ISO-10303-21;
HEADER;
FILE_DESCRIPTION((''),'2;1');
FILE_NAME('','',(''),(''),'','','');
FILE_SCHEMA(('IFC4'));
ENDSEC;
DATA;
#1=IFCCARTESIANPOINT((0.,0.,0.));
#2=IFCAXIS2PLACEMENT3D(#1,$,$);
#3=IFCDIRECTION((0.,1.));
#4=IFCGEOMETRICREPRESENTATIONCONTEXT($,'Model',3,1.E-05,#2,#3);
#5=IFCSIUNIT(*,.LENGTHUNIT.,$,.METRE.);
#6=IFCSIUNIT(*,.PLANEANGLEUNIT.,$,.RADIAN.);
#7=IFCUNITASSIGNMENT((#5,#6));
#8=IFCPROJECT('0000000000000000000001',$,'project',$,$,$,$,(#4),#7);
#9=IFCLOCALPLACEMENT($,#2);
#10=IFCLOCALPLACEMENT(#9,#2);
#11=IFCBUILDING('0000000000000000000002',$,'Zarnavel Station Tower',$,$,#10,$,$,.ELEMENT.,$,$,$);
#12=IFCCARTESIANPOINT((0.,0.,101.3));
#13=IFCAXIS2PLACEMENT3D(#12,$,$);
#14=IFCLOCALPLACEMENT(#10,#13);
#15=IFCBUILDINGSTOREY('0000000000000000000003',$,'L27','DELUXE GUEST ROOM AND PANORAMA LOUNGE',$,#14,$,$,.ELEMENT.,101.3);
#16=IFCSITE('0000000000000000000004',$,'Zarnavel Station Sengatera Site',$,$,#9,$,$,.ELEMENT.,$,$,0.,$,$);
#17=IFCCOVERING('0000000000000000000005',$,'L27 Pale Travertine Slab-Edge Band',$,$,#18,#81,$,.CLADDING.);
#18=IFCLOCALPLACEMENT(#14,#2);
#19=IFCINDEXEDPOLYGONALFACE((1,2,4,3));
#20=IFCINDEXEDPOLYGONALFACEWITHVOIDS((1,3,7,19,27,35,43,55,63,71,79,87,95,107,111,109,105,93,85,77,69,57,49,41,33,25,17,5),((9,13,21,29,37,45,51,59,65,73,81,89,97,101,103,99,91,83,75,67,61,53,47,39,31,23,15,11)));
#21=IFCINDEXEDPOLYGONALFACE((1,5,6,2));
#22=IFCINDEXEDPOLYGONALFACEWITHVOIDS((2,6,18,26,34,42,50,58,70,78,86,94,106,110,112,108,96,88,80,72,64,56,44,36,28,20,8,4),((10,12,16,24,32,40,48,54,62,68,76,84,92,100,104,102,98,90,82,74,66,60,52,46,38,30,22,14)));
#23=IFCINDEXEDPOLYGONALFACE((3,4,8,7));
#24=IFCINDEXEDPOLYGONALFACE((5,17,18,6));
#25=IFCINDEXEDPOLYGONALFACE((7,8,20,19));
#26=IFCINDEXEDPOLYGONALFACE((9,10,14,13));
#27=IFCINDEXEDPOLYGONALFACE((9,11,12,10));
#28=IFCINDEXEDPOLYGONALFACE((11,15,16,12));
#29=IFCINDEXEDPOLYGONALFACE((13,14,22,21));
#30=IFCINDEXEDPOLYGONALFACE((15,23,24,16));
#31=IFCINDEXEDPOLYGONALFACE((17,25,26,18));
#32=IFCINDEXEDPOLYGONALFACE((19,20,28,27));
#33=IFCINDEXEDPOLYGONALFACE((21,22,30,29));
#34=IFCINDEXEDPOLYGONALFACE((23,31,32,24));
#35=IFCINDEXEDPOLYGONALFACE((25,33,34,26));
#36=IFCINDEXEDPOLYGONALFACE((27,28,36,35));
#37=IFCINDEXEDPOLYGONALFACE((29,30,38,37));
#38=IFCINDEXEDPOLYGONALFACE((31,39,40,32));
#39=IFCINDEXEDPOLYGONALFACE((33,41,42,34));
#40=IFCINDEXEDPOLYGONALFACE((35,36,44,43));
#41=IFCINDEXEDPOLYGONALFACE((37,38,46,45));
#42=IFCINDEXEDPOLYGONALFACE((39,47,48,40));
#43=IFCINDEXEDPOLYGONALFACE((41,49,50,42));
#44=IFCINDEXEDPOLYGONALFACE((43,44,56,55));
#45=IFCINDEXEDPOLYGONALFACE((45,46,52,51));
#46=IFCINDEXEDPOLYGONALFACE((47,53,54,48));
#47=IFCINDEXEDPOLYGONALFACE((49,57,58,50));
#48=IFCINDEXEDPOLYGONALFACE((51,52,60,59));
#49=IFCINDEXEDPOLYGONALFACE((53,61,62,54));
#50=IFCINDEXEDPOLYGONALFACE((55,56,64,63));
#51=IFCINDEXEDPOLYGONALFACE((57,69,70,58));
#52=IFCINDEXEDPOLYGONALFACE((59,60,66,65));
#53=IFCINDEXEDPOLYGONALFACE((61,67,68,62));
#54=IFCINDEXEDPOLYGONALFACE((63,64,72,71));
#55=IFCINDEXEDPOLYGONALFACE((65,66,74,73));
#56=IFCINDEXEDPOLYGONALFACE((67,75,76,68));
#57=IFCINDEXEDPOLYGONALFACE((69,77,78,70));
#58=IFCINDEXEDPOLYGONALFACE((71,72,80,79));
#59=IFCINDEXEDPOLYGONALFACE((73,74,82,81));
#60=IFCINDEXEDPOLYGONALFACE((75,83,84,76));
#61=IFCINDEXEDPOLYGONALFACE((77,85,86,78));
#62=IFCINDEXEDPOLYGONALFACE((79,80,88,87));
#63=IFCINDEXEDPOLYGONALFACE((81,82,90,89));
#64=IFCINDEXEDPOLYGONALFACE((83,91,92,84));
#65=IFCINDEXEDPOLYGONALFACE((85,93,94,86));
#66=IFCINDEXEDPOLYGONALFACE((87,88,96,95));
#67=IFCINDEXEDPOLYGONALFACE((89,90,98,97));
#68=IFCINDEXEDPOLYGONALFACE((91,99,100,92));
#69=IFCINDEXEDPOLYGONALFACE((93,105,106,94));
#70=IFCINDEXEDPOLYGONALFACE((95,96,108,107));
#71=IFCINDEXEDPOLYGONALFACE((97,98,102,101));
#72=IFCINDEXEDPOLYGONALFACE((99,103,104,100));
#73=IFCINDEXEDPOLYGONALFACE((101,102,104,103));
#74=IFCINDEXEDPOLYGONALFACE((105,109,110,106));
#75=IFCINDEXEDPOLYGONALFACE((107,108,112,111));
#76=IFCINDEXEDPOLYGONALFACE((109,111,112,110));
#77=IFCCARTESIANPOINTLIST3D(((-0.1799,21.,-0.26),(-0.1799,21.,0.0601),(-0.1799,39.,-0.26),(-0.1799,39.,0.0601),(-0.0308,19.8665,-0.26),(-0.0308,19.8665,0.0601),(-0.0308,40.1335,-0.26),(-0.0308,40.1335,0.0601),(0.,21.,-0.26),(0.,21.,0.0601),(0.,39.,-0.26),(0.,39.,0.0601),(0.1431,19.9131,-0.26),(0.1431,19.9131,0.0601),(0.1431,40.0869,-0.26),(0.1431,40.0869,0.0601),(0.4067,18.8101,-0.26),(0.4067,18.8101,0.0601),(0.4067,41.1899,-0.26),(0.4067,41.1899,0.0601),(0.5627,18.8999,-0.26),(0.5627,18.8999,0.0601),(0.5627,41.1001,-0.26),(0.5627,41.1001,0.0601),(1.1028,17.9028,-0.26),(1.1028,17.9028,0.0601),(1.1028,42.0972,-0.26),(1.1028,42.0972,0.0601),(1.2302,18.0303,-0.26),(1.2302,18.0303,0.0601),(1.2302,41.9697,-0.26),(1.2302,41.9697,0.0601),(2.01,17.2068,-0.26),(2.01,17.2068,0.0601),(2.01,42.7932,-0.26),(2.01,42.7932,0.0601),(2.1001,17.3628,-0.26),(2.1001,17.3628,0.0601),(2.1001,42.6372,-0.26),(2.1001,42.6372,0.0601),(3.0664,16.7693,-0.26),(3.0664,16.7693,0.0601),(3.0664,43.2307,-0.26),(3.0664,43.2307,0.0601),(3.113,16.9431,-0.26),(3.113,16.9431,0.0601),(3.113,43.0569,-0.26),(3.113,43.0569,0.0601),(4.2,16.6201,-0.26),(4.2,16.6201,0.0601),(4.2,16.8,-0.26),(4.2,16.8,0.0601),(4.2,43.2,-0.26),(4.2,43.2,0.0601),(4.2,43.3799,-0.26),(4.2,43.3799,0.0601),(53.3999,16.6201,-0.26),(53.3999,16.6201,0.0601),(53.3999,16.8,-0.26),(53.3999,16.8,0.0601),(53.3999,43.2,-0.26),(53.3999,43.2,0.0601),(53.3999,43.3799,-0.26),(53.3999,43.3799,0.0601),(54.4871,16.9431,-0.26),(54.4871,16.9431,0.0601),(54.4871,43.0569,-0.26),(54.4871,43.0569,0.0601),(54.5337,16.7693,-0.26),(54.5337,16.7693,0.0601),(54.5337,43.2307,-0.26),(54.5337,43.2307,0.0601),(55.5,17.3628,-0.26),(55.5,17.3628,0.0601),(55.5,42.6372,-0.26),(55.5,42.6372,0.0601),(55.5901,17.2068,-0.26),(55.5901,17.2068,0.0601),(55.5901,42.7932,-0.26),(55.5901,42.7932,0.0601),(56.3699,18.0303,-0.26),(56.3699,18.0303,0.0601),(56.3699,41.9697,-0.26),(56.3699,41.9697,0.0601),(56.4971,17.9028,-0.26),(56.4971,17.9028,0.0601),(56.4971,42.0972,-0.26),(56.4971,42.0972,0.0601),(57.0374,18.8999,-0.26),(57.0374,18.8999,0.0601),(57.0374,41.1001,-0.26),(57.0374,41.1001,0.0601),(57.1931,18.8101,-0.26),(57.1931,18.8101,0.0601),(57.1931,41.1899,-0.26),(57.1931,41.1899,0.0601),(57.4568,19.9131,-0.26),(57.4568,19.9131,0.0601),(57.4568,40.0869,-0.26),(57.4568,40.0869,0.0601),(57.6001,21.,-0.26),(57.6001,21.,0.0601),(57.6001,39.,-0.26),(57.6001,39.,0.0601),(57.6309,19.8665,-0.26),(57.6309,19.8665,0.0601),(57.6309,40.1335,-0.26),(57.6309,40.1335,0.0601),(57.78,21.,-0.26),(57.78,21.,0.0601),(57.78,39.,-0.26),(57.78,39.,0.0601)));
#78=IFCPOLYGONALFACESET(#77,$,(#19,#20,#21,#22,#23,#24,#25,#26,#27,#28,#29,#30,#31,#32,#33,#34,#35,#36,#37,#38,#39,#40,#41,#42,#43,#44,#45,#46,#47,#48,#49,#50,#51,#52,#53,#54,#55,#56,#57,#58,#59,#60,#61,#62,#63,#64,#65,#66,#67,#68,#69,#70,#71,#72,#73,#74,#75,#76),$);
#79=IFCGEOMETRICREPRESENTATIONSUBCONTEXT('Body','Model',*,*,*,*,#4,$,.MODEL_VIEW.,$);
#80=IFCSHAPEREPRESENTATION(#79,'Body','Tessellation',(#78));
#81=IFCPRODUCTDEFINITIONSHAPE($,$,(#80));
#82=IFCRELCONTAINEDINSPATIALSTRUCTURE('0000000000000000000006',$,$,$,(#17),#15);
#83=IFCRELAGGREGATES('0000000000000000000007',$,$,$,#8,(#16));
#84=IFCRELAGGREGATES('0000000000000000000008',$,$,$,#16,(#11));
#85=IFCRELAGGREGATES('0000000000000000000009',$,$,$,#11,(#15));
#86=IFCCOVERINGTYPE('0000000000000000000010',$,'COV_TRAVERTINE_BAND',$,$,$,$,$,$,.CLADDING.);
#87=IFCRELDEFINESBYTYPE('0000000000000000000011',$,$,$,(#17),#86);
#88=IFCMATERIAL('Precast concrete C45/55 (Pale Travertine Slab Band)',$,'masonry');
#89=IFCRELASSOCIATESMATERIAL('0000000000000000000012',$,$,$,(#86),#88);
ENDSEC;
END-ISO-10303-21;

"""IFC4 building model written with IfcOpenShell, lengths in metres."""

from ifc_helpers import new_model, si_unit, direction, frame, origin, place, context, subcontext, project, spatial, polyline, outline, extrude, material, type_object, element, save


model = new_model("IFC4")

# Units and contexts
model_context = context("Model", 3, precision=1e-05, world=origin(), true_north=direction((0.0, 1.0)))
body_context = subcontext(model_context, "Body", "Model", "MODEL_VIEW")
ifc_project = project(units=[si_unit("LENGTHUNIT", "METRE"), si_unit("PLANEANGLEUNIT", "RADIAN")], contexts=[model_context])

# Site, building, storey
site_placement = place(None, origin())
site = spatial("IfcSite", under=ifc_project, at=site_placement, Name="Zarnavel Station Sengatera Site", CompositionType="ELEMENT", RefElevation=0.0)
building_placement = place(site_placement, origin())
building = spatial("IfcBuilding", under=site, at=building_placement, Name="Zarnavel Station Tower", CompositionType="ELEMENT")
storey_placement = place(building_placement, frame((0.0, 0.0, 101.3)))
storey = spatial("IfcBuildingStorey", under=building, at=storey_placement, Name="L27", Description="DELUXE GUEST ROOM AND PANORAMA LOUNGE", CompositionType="ELEMENT", Elevation=101.3)

# Covering
ifc_material_1 = material(Name="Precast concrete C45/55 (Pale Travertine Slab Band)", Category="masonry")
covering_type_1 = type_object("IfcCoveringType", Name="COV_TRAVERTINE_BAND", PredefinedType="CLADDING", material=ifc_material_1)
covering_1_placement = place(storey_placement, frame((0.0, 0.0, -0.26)))
element("IfcCovering", 1, at=covering_1_placement, inside=storey, type_object=covering_type_1, Name="L27 Pale Travertine Slab-Edge Band", PredefinedType="CLADDING", context=body_context, shape_type="SweptSolid", body=[
    extrude(outline(polyline([(53.3999, 16.6201), (54.5337, 16.7693), (55.5901, 17.2068), (56.4971, 17.9028), (57.1931, 18.8101), (57.6309, 19.8665), (57.78, 21.0), (57.78, 39.0), (57.6309, 40.1335), (57.1931, 41.1899), (56.4971, 42.0972), (55.5901, 42.7932), (54.5337, 43.2307), (53.3999, 43.3799), (4.2, 43.3799), (3.0664, 43.2307), (2.01, 42.7932), (1.1028, 42.0972), (0.4067, 41.1899), (-0.0308, 40.1335), (-0.1799, 39.0), (-0.1799, 21.0), (-0.0308, 19.8665), (0.4067, 18.8101), (1.1028, 17.9028), (2.01, 17.2068), (3.0664, 16.7693), (4.2, 16.6201), (53.3999, 16.6201)]), holes=[polyline([(53.3999, 16.8), (54.4871, 16.9431), (55.5, 17.3628), (56.3699, 18.0303), (57.0374, 18.8999), (57.4568, 19.9131), (57.6001, 21.0), (57.6001, 39.0), (57.4568, 40.0869), (57.0374, 41.1001), (56.3699, 41.9697), (55.5, 42.6372), (54.4871, 43.0569), (53.3999, 43.2), (4.2, 43.2), (3.113, 43.0569), (2.1001, 42.6372), (1.2302, 41.9697), (0.5627, 41.1001), (0.1431, 40.0869), (0.0, 39.0), (0.0, 21.0), (0.1431, 19.9131), (0.5627, 18.8999), (1.2302, 18.0303), (2.1001, 17.3628), (3.113, 16.9431), (4.2, 16.8), (53.3999, 16.8)])]), origin(), (0.0, 0.0, 1.0), 0.3201),
])

save(model, "model.ifc")
